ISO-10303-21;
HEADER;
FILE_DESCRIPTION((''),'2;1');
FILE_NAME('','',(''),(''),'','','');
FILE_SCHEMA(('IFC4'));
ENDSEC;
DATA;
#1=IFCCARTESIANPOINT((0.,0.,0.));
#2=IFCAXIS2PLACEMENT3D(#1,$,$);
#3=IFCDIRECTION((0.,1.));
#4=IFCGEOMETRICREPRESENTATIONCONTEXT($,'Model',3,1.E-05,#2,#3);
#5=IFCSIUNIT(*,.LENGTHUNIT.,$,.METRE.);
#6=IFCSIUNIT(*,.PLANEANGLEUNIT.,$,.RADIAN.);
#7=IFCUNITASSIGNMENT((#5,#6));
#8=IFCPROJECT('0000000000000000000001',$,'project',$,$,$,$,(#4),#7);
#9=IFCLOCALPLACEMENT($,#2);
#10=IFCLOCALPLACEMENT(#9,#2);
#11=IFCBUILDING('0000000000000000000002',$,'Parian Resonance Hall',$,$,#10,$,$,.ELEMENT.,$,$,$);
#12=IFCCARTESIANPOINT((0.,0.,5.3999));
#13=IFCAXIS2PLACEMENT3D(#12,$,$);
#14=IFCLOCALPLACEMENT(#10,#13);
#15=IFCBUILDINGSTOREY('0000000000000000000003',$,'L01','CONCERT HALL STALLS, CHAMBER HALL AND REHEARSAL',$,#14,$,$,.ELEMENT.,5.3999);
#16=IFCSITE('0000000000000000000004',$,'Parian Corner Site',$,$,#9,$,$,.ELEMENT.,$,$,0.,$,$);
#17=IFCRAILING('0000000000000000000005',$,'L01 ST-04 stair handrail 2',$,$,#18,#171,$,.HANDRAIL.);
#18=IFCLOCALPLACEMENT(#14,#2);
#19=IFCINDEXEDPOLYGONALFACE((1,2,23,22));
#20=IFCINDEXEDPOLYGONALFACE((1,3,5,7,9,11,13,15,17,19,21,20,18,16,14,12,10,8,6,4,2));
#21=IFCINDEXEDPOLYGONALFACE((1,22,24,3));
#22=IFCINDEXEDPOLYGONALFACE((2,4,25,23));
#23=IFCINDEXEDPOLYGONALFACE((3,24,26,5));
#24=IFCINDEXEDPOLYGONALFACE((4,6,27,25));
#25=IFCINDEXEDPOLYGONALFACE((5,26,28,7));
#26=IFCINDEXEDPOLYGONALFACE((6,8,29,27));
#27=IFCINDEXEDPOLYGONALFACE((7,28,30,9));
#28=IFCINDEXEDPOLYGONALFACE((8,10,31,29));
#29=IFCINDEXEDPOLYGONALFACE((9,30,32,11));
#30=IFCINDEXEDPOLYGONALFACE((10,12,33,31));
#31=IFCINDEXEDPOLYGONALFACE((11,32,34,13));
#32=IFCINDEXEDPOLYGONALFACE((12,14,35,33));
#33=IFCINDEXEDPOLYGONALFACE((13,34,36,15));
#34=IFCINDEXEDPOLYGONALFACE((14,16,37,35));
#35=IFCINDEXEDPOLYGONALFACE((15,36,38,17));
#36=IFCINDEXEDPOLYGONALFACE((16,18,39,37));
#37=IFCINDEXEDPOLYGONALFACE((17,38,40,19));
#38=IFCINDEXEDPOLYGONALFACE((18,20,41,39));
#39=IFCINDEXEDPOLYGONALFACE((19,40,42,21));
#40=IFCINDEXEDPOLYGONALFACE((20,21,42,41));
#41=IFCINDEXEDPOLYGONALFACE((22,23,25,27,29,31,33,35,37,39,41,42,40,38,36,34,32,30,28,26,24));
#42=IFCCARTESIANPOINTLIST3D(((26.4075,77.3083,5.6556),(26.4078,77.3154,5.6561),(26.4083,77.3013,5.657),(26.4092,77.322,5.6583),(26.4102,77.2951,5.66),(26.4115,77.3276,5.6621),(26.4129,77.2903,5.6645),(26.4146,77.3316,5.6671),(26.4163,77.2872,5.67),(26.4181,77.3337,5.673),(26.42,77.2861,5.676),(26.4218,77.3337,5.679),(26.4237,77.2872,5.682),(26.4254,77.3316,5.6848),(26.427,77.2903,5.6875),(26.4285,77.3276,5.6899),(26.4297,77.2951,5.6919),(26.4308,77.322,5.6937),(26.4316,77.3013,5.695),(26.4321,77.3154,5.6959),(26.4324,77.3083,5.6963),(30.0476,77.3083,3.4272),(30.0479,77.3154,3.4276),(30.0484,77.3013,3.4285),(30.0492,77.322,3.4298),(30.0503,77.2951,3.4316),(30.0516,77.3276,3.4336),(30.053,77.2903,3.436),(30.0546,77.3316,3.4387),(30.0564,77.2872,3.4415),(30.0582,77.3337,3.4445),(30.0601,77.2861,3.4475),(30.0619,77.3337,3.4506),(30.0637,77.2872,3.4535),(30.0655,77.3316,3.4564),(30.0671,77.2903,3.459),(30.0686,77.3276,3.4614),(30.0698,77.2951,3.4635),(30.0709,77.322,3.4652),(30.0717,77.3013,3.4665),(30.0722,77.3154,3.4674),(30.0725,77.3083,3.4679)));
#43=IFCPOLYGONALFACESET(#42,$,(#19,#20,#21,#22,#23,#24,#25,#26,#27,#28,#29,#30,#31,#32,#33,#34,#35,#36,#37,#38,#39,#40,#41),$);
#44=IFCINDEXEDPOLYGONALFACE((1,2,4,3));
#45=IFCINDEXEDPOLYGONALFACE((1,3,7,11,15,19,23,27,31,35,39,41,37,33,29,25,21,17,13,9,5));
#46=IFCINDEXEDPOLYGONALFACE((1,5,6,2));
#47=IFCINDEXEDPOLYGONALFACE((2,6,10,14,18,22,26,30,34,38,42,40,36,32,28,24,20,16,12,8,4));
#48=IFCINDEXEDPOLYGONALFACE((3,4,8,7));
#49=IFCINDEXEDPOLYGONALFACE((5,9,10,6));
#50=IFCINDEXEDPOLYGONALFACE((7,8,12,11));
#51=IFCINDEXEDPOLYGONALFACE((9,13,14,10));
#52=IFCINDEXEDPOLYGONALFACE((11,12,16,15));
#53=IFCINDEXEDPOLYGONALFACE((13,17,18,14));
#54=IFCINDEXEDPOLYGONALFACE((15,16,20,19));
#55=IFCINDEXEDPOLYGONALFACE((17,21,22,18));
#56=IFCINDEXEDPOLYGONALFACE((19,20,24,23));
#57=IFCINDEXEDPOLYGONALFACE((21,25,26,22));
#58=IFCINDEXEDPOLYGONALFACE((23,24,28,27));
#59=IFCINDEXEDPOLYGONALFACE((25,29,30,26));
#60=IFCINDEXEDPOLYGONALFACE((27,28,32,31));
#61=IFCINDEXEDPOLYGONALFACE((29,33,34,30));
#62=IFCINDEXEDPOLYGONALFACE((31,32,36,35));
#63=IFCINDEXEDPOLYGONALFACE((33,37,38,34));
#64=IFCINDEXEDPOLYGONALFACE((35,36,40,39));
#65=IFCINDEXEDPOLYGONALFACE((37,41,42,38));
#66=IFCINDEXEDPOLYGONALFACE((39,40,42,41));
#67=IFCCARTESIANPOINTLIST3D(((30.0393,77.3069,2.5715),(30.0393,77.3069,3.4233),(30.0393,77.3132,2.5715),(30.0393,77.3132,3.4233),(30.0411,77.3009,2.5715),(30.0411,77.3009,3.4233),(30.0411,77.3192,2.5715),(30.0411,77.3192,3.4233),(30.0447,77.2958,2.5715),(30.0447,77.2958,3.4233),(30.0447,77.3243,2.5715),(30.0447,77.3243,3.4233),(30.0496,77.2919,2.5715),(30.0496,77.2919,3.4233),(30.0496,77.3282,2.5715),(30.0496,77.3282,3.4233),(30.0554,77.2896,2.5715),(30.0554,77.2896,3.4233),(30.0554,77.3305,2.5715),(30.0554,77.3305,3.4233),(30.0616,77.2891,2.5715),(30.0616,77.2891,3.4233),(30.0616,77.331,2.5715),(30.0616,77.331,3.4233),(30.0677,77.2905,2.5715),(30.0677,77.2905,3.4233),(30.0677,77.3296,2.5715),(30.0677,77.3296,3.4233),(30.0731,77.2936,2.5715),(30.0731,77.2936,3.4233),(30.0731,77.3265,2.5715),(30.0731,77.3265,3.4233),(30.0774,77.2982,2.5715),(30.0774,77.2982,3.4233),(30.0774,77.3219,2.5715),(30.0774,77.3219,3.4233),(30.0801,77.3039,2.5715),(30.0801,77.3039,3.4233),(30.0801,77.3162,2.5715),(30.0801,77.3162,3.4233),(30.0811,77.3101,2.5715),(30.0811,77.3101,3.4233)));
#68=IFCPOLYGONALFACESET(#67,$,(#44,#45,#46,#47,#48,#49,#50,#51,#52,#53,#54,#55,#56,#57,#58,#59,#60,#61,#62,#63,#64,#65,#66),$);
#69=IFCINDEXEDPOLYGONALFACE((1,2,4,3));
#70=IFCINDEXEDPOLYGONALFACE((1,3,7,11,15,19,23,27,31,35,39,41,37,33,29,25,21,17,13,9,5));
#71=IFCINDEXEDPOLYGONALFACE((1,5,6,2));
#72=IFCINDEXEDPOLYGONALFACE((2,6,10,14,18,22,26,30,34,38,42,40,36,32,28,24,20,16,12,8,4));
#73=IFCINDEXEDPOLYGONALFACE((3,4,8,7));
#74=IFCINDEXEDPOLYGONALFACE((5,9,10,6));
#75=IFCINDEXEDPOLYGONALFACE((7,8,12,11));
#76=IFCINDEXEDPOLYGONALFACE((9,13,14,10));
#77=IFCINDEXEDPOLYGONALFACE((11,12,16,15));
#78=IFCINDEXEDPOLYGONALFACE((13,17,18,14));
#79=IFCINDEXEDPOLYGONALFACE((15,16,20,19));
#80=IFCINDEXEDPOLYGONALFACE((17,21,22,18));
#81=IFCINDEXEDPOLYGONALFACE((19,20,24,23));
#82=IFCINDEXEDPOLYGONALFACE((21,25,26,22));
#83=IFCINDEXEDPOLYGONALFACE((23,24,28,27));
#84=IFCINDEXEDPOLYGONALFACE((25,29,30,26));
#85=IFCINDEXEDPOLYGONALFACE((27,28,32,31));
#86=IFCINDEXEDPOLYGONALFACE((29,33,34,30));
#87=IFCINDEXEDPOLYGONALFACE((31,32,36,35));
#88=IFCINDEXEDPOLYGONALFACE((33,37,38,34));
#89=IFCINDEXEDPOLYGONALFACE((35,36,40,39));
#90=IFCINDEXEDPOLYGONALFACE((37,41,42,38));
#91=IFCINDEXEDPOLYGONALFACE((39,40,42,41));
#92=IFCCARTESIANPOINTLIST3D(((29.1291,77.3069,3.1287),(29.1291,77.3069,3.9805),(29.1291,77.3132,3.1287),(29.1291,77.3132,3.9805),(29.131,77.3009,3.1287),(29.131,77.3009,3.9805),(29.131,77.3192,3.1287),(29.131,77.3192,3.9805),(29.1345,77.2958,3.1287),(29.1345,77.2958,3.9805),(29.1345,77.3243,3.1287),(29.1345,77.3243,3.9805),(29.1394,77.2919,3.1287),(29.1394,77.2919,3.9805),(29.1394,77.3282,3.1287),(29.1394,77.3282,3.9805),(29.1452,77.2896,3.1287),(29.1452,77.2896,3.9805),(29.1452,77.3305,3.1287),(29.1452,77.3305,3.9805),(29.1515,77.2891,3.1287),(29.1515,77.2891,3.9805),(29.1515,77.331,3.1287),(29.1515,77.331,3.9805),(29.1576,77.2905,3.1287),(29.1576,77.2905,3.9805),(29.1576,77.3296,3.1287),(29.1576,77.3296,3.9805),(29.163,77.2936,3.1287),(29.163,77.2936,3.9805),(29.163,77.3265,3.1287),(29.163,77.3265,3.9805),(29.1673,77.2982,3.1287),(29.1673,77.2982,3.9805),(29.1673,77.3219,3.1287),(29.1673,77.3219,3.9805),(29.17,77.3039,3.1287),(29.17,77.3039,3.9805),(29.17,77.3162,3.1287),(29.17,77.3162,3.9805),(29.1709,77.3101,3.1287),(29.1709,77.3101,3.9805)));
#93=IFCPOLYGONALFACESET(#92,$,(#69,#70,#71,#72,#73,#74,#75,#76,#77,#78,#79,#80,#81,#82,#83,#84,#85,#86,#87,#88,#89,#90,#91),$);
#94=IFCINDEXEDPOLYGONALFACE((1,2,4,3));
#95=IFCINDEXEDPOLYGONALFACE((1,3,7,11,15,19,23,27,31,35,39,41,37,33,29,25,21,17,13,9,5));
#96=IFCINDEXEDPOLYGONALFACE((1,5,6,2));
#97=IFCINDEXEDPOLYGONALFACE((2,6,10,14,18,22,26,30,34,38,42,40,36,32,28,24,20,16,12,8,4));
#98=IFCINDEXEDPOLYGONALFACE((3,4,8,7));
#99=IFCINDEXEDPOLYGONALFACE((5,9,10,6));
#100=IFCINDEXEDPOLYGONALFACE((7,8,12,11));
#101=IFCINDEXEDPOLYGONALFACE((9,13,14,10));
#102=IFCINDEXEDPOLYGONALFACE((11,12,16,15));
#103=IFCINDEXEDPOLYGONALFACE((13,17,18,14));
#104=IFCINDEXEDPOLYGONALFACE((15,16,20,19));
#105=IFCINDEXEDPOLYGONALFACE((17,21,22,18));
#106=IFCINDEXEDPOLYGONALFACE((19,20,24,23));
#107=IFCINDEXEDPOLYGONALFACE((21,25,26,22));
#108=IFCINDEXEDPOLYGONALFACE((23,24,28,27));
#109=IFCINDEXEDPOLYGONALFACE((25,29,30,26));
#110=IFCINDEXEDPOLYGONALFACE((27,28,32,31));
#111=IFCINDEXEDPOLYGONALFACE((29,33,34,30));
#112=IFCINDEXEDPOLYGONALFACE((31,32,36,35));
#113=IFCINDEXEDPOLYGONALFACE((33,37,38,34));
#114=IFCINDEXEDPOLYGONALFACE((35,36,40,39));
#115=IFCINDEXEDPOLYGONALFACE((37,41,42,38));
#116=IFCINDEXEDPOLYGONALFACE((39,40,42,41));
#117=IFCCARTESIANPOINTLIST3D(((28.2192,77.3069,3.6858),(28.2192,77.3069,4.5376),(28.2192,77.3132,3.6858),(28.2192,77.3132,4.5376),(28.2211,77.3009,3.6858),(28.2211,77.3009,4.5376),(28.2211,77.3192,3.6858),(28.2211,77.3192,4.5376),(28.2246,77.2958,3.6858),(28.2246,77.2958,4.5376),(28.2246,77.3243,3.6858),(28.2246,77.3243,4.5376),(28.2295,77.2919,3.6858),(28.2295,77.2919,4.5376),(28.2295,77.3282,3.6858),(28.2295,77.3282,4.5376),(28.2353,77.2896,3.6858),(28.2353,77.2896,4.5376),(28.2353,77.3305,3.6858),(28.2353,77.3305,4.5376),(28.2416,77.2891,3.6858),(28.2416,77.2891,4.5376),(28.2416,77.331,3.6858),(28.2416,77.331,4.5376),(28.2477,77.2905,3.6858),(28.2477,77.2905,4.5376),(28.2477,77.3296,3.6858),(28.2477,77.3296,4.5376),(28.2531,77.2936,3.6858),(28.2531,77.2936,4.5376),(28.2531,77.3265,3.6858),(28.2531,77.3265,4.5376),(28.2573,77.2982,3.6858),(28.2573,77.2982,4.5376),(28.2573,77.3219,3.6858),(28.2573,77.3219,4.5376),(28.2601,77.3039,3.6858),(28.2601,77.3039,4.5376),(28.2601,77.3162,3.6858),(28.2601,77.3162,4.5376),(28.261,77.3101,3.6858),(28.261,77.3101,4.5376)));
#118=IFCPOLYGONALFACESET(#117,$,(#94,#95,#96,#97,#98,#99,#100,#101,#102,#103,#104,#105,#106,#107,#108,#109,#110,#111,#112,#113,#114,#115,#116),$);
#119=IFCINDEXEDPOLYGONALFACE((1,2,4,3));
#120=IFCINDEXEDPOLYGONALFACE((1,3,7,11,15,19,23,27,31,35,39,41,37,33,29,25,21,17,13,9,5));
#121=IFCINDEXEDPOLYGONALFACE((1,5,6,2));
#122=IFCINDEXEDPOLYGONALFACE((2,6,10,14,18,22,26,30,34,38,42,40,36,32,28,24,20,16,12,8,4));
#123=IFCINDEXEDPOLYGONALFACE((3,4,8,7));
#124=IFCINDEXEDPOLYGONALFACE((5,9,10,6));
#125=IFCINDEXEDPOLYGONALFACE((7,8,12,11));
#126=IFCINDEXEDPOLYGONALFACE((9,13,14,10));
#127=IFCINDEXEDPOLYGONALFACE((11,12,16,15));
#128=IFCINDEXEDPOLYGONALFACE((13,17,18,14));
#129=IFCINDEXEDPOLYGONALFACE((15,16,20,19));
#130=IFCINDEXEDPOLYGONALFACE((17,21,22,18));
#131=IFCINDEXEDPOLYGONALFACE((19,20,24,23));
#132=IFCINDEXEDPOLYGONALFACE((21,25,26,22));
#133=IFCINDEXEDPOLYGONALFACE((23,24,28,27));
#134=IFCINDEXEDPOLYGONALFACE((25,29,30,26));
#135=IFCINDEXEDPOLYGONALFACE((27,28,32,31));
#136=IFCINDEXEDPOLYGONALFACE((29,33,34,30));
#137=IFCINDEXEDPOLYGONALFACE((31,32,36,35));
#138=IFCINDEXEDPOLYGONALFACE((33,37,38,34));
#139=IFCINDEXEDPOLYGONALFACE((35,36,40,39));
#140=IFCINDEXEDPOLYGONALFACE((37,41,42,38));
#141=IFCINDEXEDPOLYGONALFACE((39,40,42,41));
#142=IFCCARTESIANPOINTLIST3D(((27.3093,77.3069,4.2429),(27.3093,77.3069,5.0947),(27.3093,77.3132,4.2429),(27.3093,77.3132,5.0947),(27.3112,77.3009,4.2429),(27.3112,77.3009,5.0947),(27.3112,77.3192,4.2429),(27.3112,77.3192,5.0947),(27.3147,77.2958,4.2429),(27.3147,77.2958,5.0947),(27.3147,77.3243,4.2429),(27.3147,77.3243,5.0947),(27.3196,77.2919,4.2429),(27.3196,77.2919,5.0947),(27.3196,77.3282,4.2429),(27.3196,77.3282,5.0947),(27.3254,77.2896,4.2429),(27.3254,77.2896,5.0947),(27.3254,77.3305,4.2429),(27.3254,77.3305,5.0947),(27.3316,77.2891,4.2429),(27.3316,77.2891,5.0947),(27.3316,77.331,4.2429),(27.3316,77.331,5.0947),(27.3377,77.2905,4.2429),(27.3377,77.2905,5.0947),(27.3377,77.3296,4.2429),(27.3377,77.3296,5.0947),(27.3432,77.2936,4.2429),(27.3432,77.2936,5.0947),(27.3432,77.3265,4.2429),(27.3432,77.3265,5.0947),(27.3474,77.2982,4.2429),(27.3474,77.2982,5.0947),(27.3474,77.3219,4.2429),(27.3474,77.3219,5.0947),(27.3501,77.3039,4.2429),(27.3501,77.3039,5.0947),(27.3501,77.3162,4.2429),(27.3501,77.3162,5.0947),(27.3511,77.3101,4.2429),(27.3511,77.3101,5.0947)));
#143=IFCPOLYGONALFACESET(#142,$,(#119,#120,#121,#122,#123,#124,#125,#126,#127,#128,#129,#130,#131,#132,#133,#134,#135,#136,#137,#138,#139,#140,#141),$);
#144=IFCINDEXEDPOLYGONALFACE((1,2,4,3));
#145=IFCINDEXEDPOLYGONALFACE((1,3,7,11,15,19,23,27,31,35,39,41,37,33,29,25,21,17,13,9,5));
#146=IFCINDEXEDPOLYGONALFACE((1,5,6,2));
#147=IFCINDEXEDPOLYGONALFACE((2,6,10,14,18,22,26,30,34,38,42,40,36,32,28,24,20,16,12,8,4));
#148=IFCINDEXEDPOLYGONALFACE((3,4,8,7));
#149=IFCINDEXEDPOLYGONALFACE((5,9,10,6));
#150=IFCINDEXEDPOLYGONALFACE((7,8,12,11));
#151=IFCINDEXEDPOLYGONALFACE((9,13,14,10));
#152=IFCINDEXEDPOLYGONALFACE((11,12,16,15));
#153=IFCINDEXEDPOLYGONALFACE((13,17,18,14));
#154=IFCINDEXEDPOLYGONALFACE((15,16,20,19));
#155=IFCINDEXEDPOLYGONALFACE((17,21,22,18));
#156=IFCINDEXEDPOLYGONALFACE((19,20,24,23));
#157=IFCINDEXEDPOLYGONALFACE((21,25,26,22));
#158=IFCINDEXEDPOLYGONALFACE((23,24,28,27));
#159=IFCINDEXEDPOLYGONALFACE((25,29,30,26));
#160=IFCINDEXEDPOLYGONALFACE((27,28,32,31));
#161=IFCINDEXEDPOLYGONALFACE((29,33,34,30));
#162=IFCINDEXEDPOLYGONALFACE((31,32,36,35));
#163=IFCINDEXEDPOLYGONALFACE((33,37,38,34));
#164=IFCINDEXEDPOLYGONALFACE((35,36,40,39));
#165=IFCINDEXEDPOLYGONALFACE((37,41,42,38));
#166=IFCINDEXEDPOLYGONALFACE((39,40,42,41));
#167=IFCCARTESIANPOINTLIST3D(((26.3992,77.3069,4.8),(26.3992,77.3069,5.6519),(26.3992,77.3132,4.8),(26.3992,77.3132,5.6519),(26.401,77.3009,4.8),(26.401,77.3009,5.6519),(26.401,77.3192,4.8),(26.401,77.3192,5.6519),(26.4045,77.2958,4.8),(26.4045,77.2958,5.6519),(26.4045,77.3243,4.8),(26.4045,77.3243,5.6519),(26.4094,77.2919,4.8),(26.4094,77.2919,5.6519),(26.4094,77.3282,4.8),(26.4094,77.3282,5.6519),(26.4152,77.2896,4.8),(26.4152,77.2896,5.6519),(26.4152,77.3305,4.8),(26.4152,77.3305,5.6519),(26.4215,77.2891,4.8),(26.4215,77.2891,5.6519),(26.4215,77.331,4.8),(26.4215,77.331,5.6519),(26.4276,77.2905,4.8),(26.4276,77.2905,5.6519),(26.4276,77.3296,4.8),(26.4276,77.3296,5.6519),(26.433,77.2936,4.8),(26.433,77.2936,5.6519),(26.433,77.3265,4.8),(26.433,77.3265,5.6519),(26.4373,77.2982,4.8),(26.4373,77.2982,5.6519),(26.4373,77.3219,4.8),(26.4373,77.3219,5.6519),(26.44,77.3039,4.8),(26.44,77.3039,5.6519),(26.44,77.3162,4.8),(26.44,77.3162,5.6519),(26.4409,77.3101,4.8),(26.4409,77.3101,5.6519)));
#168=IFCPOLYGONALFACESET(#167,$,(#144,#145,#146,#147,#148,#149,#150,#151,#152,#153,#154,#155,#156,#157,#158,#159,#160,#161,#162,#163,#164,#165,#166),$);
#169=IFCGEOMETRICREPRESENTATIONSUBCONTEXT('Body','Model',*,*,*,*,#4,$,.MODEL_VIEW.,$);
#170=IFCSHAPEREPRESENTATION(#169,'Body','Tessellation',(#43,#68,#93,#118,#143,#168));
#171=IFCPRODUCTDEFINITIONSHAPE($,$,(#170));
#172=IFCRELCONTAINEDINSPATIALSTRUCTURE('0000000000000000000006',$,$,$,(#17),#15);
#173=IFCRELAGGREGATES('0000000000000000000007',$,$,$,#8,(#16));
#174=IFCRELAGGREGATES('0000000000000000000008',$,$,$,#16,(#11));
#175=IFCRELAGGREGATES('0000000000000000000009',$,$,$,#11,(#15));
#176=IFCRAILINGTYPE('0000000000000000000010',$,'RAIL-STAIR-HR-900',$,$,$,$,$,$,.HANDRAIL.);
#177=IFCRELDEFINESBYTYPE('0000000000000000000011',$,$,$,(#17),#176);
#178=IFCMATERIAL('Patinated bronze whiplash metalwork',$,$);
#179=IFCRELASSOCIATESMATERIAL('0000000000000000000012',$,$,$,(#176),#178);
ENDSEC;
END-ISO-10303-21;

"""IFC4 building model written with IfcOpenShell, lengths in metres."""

from ifc_helpers import new_model, si_unit, direction, frame, origin, origin_2d, place, context, subcontext, project, spatial, circle, extrude, material, type_object, element, save


model = new_model("IFC4")

# Units and contexts
model_context = context("Model", 3, precision=1e-05, world=origin(), true_north=direction((0.0, 1.0)))
body_context = subcontext(model_context, "Body", "Model", "MODEL_VIEW")
ifc_project = project(units=[si_unit("LENGTHUNIT", "METRE"), si_unit("PLANEANGLEUNIT", "RADIAN")], contexts=[model_context])

# Site, building, storey
site_placement = place(None, origin())
site = spatial("IfcSite", under=ifc_project, at=site_placement, Name="Parian Corner Site", CompositionType="ELEMENT", RefElevation=0.0)
building_placement = place(site_placement, origin())
building = spatial("IfcBuilding", under=site, at=building_placement, Name="Parian Resonance Hall", CompositionType="ELEMENT")
storey_placement = place(building_placement, frame((0.0, 0.0, 5.3999)))
storey = spatial("IfcBuildingStorey", under=building, at=storey_placement, Name="L01", Description="CONCERT HALL STALLS, CHAMBER HALL AND REHEARSAL", CompositionType="ELEMENT", Elevation=5.3999)

# Railing
ifc_material_1 = material(Name="Patinated bronze whiplash metalwork")
railing_type_1 = type_object("IfcRailingType", Name="RAIL-STAIR-HR-900", PredefinedType="HANDRAIL", material=ifc_material_1)
railing_1_placement = place(storey_placement, frame((30.0601, 77.3101, 2.5715)))
element("IfcRailing", 1, at=railing_1_placement, inside=storey, type_object=railing_type_1, Name="L01 ST-04 stair handrail 2", PredefinedType="HANDRAIL", context=body_context, shape_type="SweptSolid", body=[
    extrude(circle(Radius=0.0239, at=origin_2d()), frame((0.0, 0.0, 0.876), z_axis=(-0.852866, 0.0, 0.52213), x_axis=(0.0, -1.0, 0.0)), (0.0, 0.0, 1.0), 4.2681),
    extrude(circle(Radius=0.021, at=origin_2d()), origin(), (0.0, 0.0, 1.0), 0.8518),
    extrude(circle(Radius=0.021, at=origin_2d()), frame((-0.9102, 0.0, 0.5571)), (0.0, 0.0, 1.0), 0.8518),
    extrude(circle(Radius=0.021, at=origin_2d()), frame((-1.8201, 0.0, 1.1143)), (0.0, 0.0, 1.0), 0.8518),
    extrude(circle(Radius=0.021, at=origin_2d()), frame((-2.73, 0.0, 1.6714)), (0.0, 0.0, 1.0), 0.8518),
    extrude(circle(Radius=0.021, at=origin_2d()), frame((-3.6401, 0.0, 2.2285)), (0.0, 0.0, 1.0), 0.8518),
])

save(model, "model.ifc")
